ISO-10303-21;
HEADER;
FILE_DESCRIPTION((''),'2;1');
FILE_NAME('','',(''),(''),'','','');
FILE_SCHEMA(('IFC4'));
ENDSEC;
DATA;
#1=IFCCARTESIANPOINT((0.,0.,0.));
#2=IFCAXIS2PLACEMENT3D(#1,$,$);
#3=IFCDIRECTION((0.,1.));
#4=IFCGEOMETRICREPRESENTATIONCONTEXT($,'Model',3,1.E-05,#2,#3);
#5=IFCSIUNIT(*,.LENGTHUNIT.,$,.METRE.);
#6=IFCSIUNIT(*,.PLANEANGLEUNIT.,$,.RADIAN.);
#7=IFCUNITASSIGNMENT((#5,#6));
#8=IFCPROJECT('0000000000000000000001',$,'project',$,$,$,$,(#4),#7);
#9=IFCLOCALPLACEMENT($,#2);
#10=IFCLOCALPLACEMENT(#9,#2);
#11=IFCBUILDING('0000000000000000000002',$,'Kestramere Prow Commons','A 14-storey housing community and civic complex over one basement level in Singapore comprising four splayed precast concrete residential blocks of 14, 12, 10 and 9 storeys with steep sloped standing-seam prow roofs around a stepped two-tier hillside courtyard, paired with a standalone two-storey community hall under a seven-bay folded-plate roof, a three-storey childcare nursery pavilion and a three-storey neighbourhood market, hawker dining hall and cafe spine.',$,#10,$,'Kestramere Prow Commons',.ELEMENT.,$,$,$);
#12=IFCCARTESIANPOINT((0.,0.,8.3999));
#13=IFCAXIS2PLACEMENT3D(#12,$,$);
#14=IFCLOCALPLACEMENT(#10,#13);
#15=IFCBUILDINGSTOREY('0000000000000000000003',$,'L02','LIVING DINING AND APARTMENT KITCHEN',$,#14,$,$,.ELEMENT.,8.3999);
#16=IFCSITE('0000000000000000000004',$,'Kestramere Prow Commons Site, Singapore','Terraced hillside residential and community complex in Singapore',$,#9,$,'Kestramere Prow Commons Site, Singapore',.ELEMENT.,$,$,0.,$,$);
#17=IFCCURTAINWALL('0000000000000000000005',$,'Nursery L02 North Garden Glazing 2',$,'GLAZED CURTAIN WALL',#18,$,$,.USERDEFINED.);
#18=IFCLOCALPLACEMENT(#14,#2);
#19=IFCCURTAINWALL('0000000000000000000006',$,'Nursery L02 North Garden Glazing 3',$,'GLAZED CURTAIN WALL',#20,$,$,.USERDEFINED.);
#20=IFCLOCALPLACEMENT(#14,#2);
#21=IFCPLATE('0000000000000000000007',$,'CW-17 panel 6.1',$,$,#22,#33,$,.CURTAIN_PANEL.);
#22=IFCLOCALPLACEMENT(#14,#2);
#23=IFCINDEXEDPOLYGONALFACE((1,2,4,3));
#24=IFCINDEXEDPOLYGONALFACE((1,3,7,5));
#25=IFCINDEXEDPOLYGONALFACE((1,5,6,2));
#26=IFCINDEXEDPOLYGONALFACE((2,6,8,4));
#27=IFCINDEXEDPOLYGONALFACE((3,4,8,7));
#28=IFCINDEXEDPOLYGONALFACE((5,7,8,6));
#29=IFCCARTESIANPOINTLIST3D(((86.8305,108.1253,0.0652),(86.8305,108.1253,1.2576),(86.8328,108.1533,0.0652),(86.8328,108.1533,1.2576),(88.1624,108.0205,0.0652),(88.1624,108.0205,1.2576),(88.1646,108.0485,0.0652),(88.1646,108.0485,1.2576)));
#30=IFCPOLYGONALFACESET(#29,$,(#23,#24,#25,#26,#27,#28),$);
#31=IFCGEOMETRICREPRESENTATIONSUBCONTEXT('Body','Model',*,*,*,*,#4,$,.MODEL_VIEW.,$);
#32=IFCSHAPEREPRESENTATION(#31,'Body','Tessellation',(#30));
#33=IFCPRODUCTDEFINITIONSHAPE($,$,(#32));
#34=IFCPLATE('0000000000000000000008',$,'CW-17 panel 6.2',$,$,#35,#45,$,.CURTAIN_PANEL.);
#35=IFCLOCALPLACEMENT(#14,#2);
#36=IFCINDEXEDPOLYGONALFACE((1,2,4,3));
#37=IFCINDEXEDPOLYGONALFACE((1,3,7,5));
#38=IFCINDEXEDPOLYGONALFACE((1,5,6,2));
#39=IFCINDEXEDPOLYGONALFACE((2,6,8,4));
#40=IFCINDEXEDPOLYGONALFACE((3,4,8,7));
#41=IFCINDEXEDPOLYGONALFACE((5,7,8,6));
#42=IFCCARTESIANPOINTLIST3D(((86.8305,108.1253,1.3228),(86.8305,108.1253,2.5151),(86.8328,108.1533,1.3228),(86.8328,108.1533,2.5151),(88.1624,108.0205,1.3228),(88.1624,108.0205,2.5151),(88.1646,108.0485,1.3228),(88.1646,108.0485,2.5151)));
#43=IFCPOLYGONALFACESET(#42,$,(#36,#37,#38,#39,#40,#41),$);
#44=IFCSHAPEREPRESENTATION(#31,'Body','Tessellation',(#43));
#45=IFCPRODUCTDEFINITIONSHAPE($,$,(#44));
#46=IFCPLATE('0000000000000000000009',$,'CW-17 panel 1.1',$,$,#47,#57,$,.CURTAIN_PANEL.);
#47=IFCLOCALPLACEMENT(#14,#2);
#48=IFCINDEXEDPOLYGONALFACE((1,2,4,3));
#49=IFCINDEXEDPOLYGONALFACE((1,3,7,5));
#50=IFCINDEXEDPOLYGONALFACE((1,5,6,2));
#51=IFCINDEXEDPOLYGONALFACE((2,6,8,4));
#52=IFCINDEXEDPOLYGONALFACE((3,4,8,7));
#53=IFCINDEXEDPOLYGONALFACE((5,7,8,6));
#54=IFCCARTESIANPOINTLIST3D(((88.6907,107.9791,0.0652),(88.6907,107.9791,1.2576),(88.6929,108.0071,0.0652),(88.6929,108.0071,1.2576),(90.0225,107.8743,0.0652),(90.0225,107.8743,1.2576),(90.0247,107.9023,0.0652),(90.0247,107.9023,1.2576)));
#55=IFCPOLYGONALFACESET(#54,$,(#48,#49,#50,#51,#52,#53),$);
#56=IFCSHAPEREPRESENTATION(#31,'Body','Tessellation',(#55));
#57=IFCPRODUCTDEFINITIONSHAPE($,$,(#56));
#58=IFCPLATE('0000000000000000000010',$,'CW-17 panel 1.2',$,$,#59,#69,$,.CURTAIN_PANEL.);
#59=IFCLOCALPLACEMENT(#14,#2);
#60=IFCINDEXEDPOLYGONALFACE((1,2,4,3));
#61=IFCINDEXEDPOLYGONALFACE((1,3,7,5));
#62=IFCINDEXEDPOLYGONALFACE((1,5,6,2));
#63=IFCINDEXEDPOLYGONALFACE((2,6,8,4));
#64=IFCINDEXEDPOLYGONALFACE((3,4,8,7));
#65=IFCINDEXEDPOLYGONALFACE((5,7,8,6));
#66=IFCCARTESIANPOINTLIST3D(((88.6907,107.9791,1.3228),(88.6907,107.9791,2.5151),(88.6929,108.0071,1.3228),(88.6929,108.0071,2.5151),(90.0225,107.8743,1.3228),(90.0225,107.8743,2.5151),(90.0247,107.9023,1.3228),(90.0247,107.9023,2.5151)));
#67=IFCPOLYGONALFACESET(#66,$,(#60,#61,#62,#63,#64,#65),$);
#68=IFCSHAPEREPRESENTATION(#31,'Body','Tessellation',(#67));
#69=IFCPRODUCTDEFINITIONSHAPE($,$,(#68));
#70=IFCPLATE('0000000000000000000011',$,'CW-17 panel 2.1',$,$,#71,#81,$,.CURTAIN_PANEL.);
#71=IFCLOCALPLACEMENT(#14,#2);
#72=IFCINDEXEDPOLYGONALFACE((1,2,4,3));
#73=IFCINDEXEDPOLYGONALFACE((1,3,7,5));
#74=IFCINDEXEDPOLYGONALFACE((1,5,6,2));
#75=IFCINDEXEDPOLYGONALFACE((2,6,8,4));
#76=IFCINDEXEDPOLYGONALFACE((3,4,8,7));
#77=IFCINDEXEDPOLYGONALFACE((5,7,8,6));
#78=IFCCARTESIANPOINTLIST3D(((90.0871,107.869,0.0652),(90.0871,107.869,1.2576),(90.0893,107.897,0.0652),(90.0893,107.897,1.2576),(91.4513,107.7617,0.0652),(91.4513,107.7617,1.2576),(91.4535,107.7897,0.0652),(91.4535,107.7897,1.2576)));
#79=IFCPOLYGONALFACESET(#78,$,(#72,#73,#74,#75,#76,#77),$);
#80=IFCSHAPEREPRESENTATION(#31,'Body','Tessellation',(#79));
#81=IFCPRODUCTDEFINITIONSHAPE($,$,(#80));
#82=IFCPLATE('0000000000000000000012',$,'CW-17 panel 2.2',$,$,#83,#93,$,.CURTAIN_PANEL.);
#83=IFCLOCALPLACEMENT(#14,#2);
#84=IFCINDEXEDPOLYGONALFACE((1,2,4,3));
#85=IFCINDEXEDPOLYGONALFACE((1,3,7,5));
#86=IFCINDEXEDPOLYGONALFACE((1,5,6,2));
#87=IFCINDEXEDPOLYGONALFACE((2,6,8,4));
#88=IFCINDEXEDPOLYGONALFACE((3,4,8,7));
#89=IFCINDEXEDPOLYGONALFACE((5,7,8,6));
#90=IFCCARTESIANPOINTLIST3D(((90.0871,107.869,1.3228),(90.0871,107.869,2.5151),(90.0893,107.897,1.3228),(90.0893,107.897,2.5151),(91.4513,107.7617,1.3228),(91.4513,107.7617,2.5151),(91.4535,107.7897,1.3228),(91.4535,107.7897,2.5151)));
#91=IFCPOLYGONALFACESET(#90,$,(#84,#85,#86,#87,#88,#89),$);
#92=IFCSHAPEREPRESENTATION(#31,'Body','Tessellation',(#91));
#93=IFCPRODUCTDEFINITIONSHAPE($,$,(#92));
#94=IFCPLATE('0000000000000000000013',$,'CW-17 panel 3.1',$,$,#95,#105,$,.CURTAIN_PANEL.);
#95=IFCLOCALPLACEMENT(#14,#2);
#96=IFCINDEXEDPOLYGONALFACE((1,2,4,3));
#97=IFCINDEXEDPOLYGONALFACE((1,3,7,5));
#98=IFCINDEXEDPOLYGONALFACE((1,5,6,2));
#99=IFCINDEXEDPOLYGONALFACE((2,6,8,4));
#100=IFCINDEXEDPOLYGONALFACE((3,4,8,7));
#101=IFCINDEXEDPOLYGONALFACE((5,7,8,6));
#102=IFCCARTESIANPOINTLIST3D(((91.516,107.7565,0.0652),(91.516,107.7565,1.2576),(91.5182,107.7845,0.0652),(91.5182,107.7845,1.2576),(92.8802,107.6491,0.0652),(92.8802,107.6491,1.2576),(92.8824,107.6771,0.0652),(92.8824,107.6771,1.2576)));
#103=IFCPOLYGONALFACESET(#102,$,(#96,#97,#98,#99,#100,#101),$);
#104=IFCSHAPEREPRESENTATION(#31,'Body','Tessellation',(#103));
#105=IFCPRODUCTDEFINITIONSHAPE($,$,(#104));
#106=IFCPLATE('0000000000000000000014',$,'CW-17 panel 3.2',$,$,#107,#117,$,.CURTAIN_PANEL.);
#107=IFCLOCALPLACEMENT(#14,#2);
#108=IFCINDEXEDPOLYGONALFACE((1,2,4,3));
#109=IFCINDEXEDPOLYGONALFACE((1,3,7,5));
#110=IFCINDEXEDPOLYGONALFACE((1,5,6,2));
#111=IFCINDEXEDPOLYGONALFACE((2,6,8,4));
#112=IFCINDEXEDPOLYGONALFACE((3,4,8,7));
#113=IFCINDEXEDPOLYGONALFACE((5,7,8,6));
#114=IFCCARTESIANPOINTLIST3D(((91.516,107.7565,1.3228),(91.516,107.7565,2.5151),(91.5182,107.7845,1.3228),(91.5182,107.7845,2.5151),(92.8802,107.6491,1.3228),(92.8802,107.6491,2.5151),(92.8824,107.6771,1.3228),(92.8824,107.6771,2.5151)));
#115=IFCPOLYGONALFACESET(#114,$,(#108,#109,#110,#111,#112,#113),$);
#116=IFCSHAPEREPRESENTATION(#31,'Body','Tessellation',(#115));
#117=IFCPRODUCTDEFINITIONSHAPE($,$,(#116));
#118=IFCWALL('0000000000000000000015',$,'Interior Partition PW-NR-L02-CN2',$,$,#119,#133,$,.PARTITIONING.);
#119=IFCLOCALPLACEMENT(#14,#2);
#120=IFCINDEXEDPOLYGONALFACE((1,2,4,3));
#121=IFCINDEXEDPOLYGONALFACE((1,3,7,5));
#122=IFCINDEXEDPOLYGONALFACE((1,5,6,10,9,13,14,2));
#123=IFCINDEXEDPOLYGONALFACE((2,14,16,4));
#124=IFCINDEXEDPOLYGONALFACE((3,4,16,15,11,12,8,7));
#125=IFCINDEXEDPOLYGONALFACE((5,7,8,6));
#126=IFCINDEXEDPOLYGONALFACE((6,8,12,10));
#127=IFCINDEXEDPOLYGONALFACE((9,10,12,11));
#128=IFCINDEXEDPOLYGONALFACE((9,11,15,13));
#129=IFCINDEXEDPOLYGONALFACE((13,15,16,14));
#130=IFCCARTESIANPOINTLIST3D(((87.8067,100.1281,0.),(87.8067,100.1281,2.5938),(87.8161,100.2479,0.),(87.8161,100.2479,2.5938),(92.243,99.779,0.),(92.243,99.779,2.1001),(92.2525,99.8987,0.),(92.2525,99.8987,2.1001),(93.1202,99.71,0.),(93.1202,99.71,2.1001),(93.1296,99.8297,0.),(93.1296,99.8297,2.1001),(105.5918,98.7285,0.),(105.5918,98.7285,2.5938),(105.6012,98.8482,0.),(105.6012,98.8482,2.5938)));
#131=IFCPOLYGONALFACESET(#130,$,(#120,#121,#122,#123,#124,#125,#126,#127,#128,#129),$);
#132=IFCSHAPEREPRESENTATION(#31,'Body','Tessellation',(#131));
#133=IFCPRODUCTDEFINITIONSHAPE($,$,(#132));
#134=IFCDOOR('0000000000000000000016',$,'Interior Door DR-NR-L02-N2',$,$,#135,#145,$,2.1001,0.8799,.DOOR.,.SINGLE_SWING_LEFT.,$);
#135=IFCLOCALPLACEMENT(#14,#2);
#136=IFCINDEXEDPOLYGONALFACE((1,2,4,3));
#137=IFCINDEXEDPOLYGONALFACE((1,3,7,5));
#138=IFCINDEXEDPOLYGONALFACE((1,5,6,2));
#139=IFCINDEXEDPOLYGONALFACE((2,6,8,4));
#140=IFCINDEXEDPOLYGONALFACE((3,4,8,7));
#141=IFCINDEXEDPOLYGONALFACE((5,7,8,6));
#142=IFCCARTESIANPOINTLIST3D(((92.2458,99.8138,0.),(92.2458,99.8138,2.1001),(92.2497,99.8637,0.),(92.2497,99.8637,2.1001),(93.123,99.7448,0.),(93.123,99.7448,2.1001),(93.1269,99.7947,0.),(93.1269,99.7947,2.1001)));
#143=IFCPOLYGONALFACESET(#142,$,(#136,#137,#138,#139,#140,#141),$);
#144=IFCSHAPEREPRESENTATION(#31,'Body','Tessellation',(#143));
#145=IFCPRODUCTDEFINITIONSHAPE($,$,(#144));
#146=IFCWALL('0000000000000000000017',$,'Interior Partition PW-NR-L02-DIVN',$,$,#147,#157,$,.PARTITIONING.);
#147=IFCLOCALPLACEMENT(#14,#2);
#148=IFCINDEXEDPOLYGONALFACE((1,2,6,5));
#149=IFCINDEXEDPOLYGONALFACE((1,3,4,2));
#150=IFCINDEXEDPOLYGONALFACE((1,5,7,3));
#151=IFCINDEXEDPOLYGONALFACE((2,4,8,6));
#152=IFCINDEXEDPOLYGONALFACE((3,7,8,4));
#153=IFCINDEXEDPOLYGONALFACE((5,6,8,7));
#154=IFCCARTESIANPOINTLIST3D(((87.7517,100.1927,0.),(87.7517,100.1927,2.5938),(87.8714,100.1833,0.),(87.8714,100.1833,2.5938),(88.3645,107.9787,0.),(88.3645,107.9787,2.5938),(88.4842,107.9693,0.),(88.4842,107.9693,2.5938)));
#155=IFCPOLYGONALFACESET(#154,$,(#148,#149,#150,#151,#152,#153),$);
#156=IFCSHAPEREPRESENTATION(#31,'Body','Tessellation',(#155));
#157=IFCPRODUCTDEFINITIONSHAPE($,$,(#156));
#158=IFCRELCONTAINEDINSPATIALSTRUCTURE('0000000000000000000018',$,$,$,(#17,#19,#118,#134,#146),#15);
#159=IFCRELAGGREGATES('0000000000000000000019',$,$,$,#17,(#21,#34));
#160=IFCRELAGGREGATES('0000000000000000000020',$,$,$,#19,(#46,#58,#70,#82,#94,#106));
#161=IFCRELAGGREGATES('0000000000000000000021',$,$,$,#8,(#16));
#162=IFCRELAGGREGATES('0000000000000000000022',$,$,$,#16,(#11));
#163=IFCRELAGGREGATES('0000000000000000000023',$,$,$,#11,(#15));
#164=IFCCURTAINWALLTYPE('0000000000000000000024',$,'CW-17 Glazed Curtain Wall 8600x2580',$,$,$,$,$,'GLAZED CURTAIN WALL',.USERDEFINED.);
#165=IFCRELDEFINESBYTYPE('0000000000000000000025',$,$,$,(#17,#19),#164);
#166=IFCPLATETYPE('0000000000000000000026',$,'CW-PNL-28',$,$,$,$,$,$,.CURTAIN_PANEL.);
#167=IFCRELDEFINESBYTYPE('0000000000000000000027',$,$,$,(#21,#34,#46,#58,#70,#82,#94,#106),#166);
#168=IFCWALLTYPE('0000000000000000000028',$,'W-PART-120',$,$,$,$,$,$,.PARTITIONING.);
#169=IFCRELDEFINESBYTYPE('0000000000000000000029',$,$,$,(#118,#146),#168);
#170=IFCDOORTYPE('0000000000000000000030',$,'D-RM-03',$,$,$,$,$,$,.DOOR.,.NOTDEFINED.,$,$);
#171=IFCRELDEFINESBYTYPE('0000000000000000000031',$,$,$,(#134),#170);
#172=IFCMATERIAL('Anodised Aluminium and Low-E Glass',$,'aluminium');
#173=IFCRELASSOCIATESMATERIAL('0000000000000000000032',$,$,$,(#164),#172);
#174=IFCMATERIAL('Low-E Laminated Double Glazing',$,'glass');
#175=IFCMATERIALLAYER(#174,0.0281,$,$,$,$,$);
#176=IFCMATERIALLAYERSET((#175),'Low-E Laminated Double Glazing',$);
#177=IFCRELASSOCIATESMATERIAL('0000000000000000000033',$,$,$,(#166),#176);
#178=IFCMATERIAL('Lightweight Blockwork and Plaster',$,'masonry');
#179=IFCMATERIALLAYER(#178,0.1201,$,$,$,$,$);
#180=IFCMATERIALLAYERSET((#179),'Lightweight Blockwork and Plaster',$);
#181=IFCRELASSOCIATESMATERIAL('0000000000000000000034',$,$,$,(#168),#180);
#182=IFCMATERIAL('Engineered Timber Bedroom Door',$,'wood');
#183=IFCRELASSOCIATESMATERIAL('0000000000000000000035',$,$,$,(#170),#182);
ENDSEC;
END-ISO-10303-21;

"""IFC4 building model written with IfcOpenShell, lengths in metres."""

from ifc_helpers import new_model, si_unit, direction, frame, frame_2d, origin, origin_2d, place, context, subcontext, project, spatial, rectangle, extrude, material, layer, layer_set, type_object, element, fill, aggregate, save


model = new_model("IFC4")

# Units and contexts
model_context = context("Model", 3, precision=1e-05, world=origin(), true_north=direction((0.0, 1.0)))
body_context = subcontext(model_context, "Body", "Model", "MODEL_VIEW")
ifc_project = project(units=[si_unit("LENGTHUNIT", "METRE"), si_unit("PLANEANGLEUNIT", "RADIAN")], contexts=[model_context])

# Site, building, storey
site_placement = place(None, origin())
site = spatial("IfcSite", under=ifc_project, at=site_placement, Name="Kestramere Prow Commons Site, Singapore", Description="Terraced hillside residential and community complex in Singapore", LongName="Kestramere Prow Commons Site, Singapore", CompositionType="ELEMENT", RefElevation=0.0)
building_placement = place(site_placement, origin())
building = spatial("IfcBuilding", under=site, at=building_placement, Name="Kestramere Prow Commons", Description="A 14-storey housing community and civic complex over one basement level in Singapore comprising four splayed precast concrete residential blocks of 14, 12, 10 and 9 storeys with steep sloped standing-seam prow roofs around a stepped two-tier hillside courtyard, paired with a standalone two-storey community hall under a seven-bay folded-plate roof, a three-storey childcare nursery pavilion and a three-storey neighbourhood market, hawker dining hall and cafe spine.", LongName="Kestramere Prow Commons", CompositionType="ELEMENT")
storey_placement = place(building_placement, frame((0.0, 0.0, 8.3999)))
storey = spatial("IfcBuildingStorey", under=building, at=storey_placement, Name="L02", Description="LIVING DINING AND APARTMENT KITCHEN", CompositionType="ELEMENT", Elevation=8.3999)

# Curtain wall
ifc_material_1 = material(Name="Anodised Aluminium and Low-E Glass", Category="aluminium")
curtain_wall_type = type_object("IfcCurtainWallType", Name="CW-17 Glazed Curtain Wall 8600x2580", ElementType="GLAZED CURTAIN WALL", PredefinedType="USERDEFINED", material=ifc_material_1)
curtain_wall_1_placement = place(storey_placement, origin())
curtain_wall_1 = element("IfcCurtainWall", 1, at=curtain_wall_1_placement, inside=storey, type_object=curtain_wall_type, Name="Nursery L02 North Garden Glazing 2", ObjectType="GLAZED CURTAIN WALL", PredefinedType="USERDEFINED")

# Curtain wall
curtain_wall_2_placement = place(storey_placement, origin())
curtain_wall_2 = element("IfcCurtainWall", 2, at=curtain_wall_2_placement, inside=storey, type_object=curtain_wall_type, Name="Nursery L02 North Garden Glazing 3", ObjectType="GLAZED CURTAIN WALL", PredefinedType="USERDEFINED")

# Plates
ifc_material_2 = material(Name="Low-E Laminated Double Glazing", Category="glass")
ifc_layer_1 = layer(ifc_material_2, 0.0281)
ifc_layer_set_1 = layer_set([ifc_layer_1], Name="Low-E Laminated Double Glazing")
plate_type = type_object("IfcPlateType", Name="CW-PNL-28", PredefinedType="CURTAIN_PANEL", material=ifc_layer_set_1)
plate_1_placement = place(storey_placement, frame((87.4976, 108.0869, 0.0652), z_axis=(0.0, 0.0, 1.0), x_axis=(0.996917, -0.078459, 0.0)))
plate_1 = element("IfcPlate", 3, at=plate_1_placement, type_object=plate_type, Name="CW-17 panel 6.1", PredefinedType="CURTAIN_PANEL", context=body_context, shape_type="SweptSolid", body=[
    extrude(rectangle(XDim=1.3359, YDim=0.0281, at=origin_2d()), origin(), (0.0, 0.0, 1.0), 1.1924),
])
plate_2_placement = place(storey_placement, frame((87.4976, 108.0869, 1.3228), z_axis=(0.0, 0.0, 1.0), x_axis=(0.996917, -0.078459, 0.0)))
plate_2 = element("IfcPlate", 4, at=plate_2_placement, type_object=plate_type, Name="CW-17 panel 6.2", PredefinedType="CURTAIN_PANEL", context=body_context, shape_type="SweptSolid", body=[
    extrude(rectangle(XDim=1.3359, YDim=0.0281, at=origin_2d()), origin(), (0.0, 0.0, 1.0), 1.1924),
])
aggregate(curtain_wall_1, [plate_1, plate_2])
plate_3_placement = place(storey_placement, frame((89.3577, 107.9407, 0.0652), z_axis=(0.0, 0.0, 1.0), x_axis=(0.996917, -0.078459, 0.0)))
plate_3 = element("IfcPlate", 5, at=plate_3_placement, type_object=plate_type, Name="CW-17 panel 1.1", PredefinedType="CURTAIN_PANEL", context=body_context, shape_type="SweptSolid", body=[
    extrude(rectangle(XDim=1.3359, YDim=0.0281, at=origin_2d()), origin(), (0.0, 0.0, 1.0), 1.1924),
])
plate_4_placement = place(storey_placement, frame((89.3577, 107.9407, 1.3228), z_axis=(0.0, 0.0, 1.0), x_axis=(0.996917, -0.078459, 0.0)))
plate_4 = element("IfcPlate", 6, at=plate_4_placement, type_object=plate_type, Name="CW-17 panel 1.2", PredefinedType="CURTAIN_PANEL", context=body_context, shape_type="SweptSolid", body=[
    extrude(rectangle(XDim=1.3359, YDim=0.0281, at=origin_2d()), origin(), (0.0, 0.0, 1.0), 1.1924),
])
plate_5_placement = place(storey_placement, frame((90.7703, 107.8293, 0.0652), z_axis=(0.0, 0.0, 1.0), x_axis=(0.996917, -0.078459, 0.0)))
plate_5 = element("IfcPlate", 7, at=plate_5_placement, type_object=plate_type, Name="CW-17 panel 2.1", PredefinedType="CURTAIN_PANEL", context=body_context, shape_type="SweptSolid", body=[
    extrude(rectangle(XDim=1.3684, YDim=0.0281, at=origin_2d()), origin(), (0.0, 0.0, 1.0), 1.1924),
])
plate_6_placement = place(storey_placement, frame((90.7703, 107.8293, 1.3228), z_axis=(0.0, 0.0, 1.0), x_axis=(0.996917, -0.078459, 0.0)))
plate_6 = element("IfcPlate", 8, at=plate_6_placement, type_object=plate_type, Name="CW-17 panel 2.2", PredefinedType="CURTAIN_PANEL", context=body_context, shape_type="SweptSolid", body=[
    extrude(rectangle(XDim=1.3684, YDim=0.0281, at=origin_2d()), origin(), (0.0, 0.0, 1.0), 1.1924),
])
plate_7_placement = place(storey_placement, frame((92.1992, 107.7168, 0.0652), z_axis=(0.0, 0.0, 1.0), x_axis=(0.996917, -0.078459, 0.0)))
plate_7 = element("IfcPlate", 9, at=plate_7_placement, type_object=plate_type, Name="CW-17 panel 3.1", PredefinedType="CURTAIN_PANEL", context=body_context, shape_type="SweptSolid", body=[
    extrude(rectangle(XDim=1.3684, YDim=0.0281, at=origin_2d()), origin(), (0.0, 0.0, 1.0), 1.1924),
])
plate_8_placement = place(storey_placement, frame((92.1992, 107.7168, 1.3228), z_axis=(0.0, 0.0, 1.0), x_axis=(0.996917, -0.078459, 0.0)))
plate_8 = element("IfcPlate", 10, at=plate_8_placement, type_object=plate_type, Name="CW-17 panel 3.2", PredefinedType="CURTAIN_PANEL", context=body_context, shape_type="SweptSolid", body=[
    extrude(rectangle(XDim=1.3684, YDim=0.0281, at=origin_2d()), origin(), (0.0, 0.0, 1.0), 1.1924),
])
aggregate(curtain_wall_2, [plate_3, plate_4, plate_5, plate_6, plate_7, plate_8])

# Wall, opening, door
ifc_material_3 = material(Name="Lightweight Blockwork and Plaster", Category="masonry")
ifc_layer_2 = layer(ifc_material_3, 0.1201)
ifc_layer_set_2 = layer_set([ifc_layer_2], Name="Lightweight Blockwork and Plaster")
wall_type = type_object("IfcWallType", Name="W-PART-120", PredefinedType="PARTITIONING", material=ifc_layer_set_2)
wall_1_placement = place(storey_placement, frame((87.8115, 100.188, 0.0), z_axis=(0.0, 0.0, 1.0), x_axis=(0.996918, -0.078456, 0.0)))
wall_1 = element("IfcWall", 11, at=wall_1_placement, inside=storey, type_object=wall_type, Name="Interior Partition PW-NR-L02-CN2", PredefinedType="PARTITIONING", context=body_context, shape_type="SweptSolid", body=[
    extrude(rectangle(XDim=17.8401, YDim=0.1201, at=frame_2d((8.9199, 0.0))), origin(), (0.0, 0.0, 1.0), 2.5938),
])
opening_placement = place(wall_1_placement, frame((4.45, 0.0, 0.0)))
opening = element("IfcOpeningElement", 12, at=opening_placement, cuts=wall_1, PredefinedType="OPENING", context=body_context, shape_type="SweptSolid", body=[
    extrude(rectangle(XDim=0.8799, YDim=2.1001, at=frame_2d((0.4399, 1.05))), frame((0.0, 0.075, 0.0), z_axis=(0.0, -1.0, 0.0), x_axis=(1.0, 0.0, 0.0)), (0.0, 0.0, 1.0), 0.1501),
])
ifc_material_4 = material(Name="Engineered Timber Bedroom Door", Category="wood")
door_type = type_object("IfcDoorType", Name="D-RM-03", OperationType="NOTDEFINED", PredefinedType="DOOR", material=ifc_material_4)
door_placement = place(opening_placement, origin())
door = element("IfcDoor", 13, at=door_placement, inside=storey, type_object=door_type, Name="Interior Door DR-NR-L02-N2", OperationType="SINGLE_SWING_LEFT", OverallHeight=2.1001, OverallWidth=0.8799, PredefinedType="DOOR", context=body_context, shape_type="SweptSolid", body=[
    extrude(rectangle(XDim=0.8799, YDim=2.1001, at=frame_2d((0.4399, 1.05))), frame((0.0, 0.0249, 0.0), z_axis=(0.0, -1.0, 0.0), x_axis=(1.0, 0.0, 0.0)), (0.0, 0.0, 1.0), 0.05),
])
fill(opening, door)

# Wall
wall_2_placement = place(storey_placement, frame((87.8115, 100.188, 0.0), z_axis=(0.0, 0.0, 1.0), x_axis=(0.078463, 0.996917, 0.0)))
element("IfcWall", 14, at=wall_2_placement, inside=storey, type_object=wall_type, Name="Interior Partition PW-NR-L02-DIVN", PredefinedType="PARTITIONING", context=body_context, shape_type="SweptSolid", body=[
    extrude(rectangle(XDim=7.8101, YDim=0.1201, at=frame_2d((3.905, 0.0))), origin(), (0.0, 0.0, 1.0), 2.5938),
])

save(model, "model.ifc")
